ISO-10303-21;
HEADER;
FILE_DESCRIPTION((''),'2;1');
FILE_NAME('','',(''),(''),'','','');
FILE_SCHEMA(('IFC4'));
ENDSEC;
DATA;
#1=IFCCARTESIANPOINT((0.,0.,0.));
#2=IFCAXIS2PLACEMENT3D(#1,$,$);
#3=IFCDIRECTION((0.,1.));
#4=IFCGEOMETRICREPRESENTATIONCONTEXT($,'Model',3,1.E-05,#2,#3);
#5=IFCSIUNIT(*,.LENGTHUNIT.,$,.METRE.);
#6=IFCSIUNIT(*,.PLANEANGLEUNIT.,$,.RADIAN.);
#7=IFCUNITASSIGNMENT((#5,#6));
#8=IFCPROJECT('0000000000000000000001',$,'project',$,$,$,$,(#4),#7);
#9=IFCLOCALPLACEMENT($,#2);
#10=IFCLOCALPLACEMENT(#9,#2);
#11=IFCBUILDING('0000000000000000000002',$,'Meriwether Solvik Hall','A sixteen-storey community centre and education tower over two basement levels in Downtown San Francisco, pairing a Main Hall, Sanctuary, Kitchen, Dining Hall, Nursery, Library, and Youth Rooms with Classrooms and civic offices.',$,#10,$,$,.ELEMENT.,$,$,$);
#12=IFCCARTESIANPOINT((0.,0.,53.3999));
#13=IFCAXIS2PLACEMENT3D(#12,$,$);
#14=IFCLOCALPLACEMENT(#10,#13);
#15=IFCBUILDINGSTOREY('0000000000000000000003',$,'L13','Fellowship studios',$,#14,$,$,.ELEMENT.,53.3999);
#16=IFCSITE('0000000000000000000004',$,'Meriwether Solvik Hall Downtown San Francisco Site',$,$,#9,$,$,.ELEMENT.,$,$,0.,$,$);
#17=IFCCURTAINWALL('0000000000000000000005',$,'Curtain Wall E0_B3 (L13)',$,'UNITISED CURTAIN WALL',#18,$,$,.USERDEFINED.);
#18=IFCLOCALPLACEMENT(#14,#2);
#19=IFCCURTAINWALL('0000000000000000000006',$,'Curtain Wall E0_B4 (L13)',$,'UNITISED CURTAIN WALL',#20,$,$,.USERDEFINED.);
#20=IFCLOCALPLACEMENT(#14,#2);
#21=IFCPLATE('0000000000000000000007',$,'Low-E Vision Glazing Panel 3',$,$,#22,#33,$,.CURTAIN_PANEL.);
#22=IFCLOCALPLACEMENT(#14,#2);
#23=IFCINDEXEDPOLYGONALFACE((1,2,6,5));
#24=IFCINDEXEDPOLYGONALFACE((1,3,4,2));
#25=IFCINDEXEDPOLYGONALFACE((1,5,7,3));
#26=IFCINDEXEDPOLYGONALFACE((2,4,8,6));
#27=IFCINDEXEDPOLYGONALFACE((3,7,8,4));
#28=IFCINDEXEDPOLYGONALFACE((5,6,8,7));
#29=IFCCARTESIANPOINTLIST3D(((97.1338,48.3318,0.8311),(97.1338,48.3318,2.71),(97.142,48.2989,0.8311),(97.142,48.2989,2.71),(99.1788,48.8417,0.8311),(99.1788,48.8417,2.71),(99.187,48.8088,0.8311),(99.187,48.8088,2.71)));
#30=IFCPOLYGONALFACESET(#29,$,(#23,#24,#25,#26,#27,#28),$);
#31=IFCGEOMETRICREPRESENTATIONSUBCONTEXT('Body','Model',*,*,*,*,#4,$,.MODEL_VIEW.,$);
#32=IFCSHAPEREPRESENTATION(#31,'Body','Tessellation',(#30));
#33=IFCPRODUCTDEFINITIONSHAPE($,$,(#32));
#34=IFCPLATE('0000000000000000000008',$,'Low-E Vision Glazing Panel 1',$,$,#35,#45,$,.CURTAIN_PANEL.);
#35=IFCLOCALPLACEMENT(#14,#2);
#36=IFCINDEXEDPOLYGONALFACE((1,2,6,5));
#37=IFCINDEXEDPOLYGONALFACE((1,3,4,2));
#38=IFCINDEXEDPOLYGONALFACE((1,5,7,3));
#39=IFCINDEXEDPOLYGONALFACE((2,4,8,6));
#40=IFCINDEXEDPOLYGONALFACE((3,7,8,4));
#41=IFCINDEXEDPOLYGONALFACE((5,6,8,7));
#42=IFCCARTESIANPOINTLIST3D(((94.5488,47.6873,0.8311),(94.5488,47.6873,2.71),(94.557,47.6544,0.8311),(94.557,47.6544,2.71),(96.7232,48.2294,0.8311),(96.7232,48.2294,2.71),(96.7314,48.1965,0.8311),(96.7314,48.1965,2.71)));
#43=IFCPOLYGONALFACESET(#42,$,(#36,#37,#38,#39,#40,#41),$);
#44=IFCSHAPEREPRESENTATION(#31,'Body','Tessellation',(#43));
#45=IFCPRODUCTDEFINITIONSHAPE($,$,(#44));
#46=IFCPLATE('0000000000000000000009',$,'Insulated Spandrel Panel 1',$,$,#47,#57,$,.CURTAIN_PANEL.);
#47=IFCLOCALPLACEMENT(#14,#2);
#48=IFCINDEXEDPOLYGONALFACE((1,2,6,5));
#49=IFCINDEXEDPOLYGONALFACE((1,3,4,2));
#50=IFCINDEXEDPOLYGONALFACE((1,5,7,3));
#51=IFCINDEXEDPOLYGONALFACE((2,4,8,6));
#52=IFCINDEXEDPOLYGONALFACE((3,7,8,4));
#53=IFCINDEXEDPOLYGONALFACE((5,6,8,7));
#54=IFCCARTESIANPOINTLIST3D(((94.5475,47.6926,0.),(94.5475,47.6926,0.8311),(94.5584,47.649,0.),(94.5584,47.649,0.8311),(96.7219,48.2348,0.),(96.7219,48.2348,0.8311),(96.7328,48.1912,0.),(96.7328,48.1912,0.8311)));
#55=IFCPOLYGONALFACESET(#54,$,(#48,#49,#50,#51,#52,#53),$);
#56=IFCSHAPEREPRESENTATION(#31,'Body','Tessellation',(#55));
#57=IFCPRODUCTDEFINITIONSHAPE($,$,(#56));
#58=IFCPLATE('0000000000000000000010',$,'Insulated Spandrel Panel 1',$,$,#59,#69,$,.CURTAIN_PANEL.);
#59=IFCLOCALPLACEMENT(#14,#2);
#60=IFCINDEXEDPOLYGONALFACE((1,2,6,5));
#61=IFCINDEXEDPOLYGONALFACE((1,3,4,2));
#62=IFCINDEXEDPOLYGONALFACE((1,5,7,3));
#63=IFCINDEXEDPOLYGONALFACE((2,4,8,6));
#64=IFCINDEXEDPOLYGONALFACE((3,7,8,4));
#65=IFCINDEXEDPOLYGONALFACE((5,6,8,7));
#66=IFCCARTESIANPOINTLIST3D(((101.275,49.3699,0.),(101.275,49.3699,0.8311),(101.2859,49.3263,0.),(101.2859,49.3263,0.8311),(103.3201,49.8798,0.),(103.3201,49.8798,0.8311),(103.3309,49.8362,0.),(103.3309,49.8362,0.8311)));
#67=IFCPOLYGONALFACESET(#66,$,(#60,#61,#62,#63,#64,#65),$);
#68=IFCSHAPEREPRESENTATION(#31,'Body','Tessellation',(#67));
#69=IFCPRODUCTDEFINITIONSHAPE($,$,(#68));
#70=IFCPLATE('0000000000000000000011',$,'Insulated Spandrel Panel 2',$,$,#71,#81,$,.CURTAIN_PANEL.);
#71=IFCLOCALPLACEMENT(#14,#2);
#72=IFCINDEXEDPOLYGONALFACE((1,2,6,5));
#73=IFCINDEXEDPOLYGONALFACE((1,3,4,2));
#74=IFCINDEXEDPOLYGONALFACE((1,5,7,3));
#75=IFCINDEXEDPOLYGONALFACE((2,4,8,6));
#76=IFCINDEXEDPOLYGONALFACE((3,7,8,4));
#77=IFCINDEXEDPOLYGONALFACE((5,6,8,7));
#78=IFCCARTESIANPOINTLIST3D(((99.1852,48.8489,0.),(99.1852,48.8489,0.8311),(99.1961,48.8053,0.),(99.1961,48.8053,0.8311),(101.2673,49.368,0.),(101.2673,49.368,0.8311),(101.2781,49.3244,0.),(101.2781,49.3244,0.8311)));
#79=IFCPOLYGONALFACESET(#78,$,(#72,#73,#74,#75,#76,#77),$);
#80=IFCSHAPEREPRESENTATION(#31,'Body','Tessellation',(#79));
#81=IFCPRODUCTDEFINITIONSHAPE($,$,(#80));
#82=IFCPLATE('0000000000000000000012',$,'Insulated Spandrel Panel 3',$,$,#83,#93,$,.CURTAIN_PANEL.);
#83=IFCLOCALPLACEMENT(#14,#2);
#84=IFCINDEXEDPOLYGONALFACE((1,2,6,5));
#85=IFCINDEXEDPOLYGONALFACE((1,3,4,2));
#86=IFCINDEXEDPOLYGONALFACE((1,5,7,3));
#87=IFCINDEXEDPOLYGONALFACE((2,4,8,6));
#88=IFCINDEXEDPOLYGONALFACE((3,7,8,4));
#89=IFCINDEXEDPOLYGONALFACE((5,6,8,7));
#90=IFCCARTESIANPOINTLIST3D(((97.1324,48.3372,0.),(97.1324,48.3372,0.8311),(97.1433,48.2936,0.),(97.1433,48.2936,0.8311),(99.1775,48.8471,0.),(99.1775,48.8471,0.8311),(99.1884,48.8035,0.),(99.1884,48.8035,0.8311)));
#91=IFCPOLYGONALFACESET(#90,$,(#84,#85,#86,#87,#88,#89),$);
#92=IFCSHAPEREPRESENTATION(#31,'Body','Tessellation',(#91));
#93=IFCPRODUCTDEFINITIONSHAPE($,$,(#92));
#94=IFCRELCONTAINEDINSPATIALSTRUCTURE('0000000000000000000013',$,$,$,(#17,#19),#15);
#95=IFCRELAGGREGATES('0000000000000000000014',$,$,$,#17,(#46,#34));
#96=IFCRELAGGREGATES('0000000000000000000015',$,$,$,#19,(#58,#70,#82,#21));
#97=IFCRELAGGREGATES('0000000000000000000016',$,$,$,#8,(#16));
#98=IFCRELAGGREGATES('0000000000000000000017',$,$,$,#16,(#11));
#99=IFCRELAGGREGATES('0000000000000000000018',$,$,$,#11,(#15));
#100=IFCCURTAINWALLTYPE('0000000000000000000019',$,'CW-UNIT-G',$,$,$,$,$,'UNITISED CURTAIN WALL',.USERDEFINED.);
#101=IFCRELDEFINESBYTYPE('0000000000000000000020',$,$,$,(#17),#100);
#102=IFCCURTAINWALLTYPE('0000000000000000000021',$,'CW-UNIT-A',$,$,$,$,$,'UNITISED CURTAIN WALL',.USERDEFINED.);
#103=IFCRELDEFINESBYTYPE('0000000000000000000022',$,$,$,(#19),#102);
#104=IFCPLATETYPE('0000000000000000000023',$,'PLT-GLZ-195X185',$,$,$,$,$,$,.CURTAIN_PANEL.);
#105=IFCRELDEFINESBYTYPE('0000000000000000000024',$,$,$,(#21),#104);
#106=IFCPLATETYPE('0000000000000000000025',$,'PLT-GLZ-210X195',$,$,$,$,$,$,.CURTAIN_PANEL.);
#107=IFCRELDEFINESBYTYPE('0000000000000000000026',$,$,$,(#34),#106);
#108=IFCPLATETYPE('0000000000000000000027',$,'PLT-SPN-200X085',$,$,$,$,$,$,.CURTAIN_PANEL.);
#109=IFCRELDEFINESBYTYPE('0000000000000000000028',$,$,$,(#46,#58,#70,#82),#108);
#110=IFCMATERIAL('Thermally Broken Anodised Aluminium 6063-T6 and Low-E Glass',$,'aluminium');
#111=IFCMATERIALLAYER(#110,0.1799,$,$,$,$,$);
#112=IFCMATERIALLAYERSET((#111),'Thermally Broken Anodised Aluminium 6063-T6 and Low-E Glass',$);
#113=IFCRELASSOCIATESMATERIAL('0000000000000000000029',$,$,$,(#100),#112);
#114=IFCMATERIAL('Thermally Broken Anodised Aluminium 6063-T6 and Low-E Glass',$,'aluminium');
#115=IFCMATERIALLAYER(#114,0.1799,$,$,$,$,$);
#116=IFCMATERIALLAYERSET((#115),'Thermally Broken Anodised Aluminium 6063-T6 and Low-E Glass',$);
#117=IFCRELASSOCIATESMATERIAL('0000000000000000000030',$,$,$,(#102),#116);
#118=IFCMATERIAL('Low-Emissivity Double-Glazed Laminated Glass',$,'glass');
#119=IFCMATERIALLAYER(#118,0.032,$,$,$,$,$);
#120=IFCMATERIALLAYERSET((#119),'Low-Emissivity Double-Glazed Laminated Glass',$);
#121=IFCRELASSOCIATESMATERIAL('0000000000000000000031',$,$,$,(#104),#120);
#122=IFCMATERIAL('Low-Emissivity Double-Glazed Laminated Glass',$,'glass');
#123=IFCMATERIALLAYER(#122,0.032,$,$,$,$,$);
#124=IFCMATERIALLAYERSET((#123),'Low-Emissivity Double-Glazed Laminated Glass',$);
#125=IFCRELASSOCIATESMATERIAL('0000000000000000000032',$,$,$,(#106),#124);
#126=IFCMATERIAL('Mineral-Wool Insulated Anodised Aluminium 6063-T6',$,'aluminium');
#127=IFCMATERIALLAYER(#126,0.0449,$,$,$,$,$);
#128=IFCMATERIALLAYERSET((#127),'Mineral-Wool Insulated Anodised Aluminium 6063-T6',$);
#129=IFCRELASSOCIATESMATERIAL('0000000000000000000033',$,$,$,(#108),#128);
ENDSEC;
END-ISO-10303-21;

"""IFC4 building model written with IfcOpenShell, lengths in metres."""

from ifc_helpers import new_model, si_unit, direction, frame, origin, origin_2d, place, context, subcontext, project, spatial, rectangle, extrude, material, layer, layer_set, type_object, element, aggregate, save


model = new_model("IFC4")

# Units and contexts
model_context = context("Model", 3, precision=1e-05, world=origin(), true_north=direction((0.0, 1.0)))
body_context = subcontext(model_context, "Body", "Model", "MODEL_VIEW")
ifc_project = project(units=[si_unit("LENGTHUNIT", "METRE"), si_unit("PLANEANGLEUNIT", "RADIAN")], contexts=[model_context])

# Site, building, storey
site_placement = place(None, origin())
site = spatial("IfcSite", under=ifc_project, at=site_placement, Name="Meriwether Solvik Hall Downtown San Francisco Site", CompositionType="ELEMENT", RefElevation=0.0)
building_placement = place(site_placement, origin())
building = spatial("IfcBuilding", under=site, at=building_placement, Name="Meriwether Solvik Hall", Description="A sixteen-storey community centre and education tower over two basement levels in Downtown San Francisco, pairing a Main Hall, Sanctuary, Kitchen, Dining Hall, Nursery, Library, and Youth Rooms with Classrooms and civic offices.", CompositionType="ELEMENT")
storey_placement = place(building_placement, frame((0.0, 0.0, 53.3999)))
storey = spatial("IfcBuildingStorey", under=building, at=storey_placement, Name="L13", Description="Fellowship studios", CompositionType="ELEMENT", Elevation=53.3999)

# Curtain wall
ifc_material_1 = material(Name="Thermally Broken Anodised Aluminium 6063-T6 and Low-E Glass", Category="aluminium")
ifc_layer_1 = layer(ifc_material_1, 0.1799)
ifc_layer_set_1 = layer_set([ifc_layer_1], Name="Thermally Broken Anodised Aluminium 6063-T6 and Low-E Glass")
curtain_wall_type_1 = type_object("IfcCurtainWallType", Name="CW-UNIT-G", ElementType="UNITISED CURTAIN WALL", PredefinedType="USERDEFINED", material=ifc_layer_set_1)
curtain_wall_1_placement = place(storey_placement, origin())
curtain_wall_1 = element("IfcCurtainWall", 1, at=curtain_wall_1_placement, inside=storey, type_object=curtain_wall_type_1, Name="Curtain Wall E0_B3 (L13)", ObjectType="UNITISED CURTAIN WALL", PredefinedType="USERDEFINED")

# Curtain wall
ifc_material_2 = material(Name="Thermally Broken Anodised Aluminium 6063-T6 and Low-E Glass", Category="aluminium")
ifc_layer_2 = layer(ifc_material_2, 0.1799)
ifc_layer_set_2 = layer_set([ifc_layer_2], Name="Thermally Broken Anodised Aluminium 6063-T6 and Low-E Glass")
curtain_wall_type_2 = type_object("IfcCurtainWallType", Name="CW-UNIT-A", ElementType="UNITISED CURTAIN WALL", PredefinedType="USERDEFINED", material=ifc_layer_set_2)
curtain_wall_2_placement = place(storey_placement, origin())
curtain_wall_2 = element("IfcCurtainWall", 2, at=curtain_wall_2_placement, inside=storey, type_object=curtain_wall_type_2, Name="Curtain Wall E0_B4 (L13)", ObjectType="UNITISED CURTAIN WALL", PredefinedType="USERDEFINED")

# Plates
ifc_material_3 = material(Name="Low-Emissivity Double-Glazed Laminated Glass", Category="glass")
ifc_layer_3 = layer(ifc_material_3, 0.032)
ifc_layer_set_3 = layer_set([ifc_layer_3], Name="Low-Emissivity Double-Glazed Laminated Glass")
plate_type_1 = type_object("IfcPlateType", Name="PLT-GLZ-195X185", PredefinedType="CURTAIN_PANEL", material=ifc_layer_set_3)
plate_1_placement = place(storey_placement, frame((98.1604, 48.5703, 0.8311), z_axis=(0.0, 0.0, 1.0), x_axis=(-0.970296, -0.241922, 0.0)))
plate_1 = element("IfcPlate", 3, at=plate_1_placement, type_object=plate_type_1, Name="Low-E Vision Glazing Panel 3", PredefinedType="CURTAIN_PANEL", context=body_context, shape_type="SweptSolid", body=[
    extrude(rectangle(XDim=2.1077, YDim=0.0339, at=origin_2d()), origin(), (0.0, 0.0, 1.0), 1.8789),
])
ifc_material_4 = material(Name="Low-Emissivity Double-Glazed Laminated Glass", Category="glass")
ifc_layer_4 = layer(ifc_material_4, 0.032)
ifc_layer_set_4 = layer_set([ifc_layer_4], Name="Low-Emissivity Double-Glazed Laminated Glass")
plate_type_2 = type_object("IfcPlateType", Name="PLT-GLZ-210X195", PredefinedType="CURTAIN_PANEL", material=ifc_layer_set_4)
plate_2_placement = place(storey_placement, frame((95.6401, 47.9419, 0.8311), z_axis=(0.0, 0.0, 1.0), x_axis=(-0.970296, -0.241922, 0.0)))
plate_2 = element("IfcPlate", 4, at=plate_2_placement, type_object=plate_type_2, Name="Low-E Vision Glazing Panel 1", PredefinedType="CURTAIN_PANEL", context=body_context, shape_type="SweptSolid", body=[
    extrude(rectangle(XDim=2.241, YDim=0.0339, at=origin_2d()), origin(), (0.0, 0.0, 1.0), 1.8789),
])
ifc_material_5 = material(Name="Mineral-Wool Insulated Anodised Aluminium 6063-T6", Category="aluminium")
ifc_layer_5 = layer(ifc_material_5, 0.0449)
ifc_layer_set_5 = layer_set([ifc_layer_5], Name="Mineral-Wool Insulated Anodised Aluminium 6063-T6")
plate_type_3 = type_object("IfcPlateType", Name="PLT-SPN-200X085", PredefinedType="CURTAIN_PANEL", material=ifc_layer_set_5)
plate_3_placement = place(storey_placement, frame((95.6401, 47.9419, 0.0), z_axis=(0.0, 0.0, 1.0), x_axis=(-0.970296, -0.241922, 0.0)))
plate_3 = element("IfcPlate", 5, at=plate_3_placement, type_object=plate_type_3, Name="Insulated Spandrel Panel 1", PredefinedType="CURTAIN_PANEL", context=body_context, shape_type="SweptSolid", body=[
    extrude(rectangle(XDim=2.241, YDim=0.0449, at=origin_2d()), origin(), (0.0, 0.0, 1.0), 0.8311),
])
aggregate(curtain_wall_1, [plate_3, plate_2])
plate_4_placement = place(storey_placement, frame((102.303, 49.603, 0.0), z_axis=(0.0, 0.0, 1.0), x_axis=(-0.970296, -0.241922, 0.0)))
plate_4 = element("IfcPlate", 6, at=plate_4_placement, type_object=plate_type_3, Name="Insulated Spandrel Panel 1", PredefinedType="CURTAIN_PANEL", context=body_context, shape_type="SweptSolid", body=[
    extrude(rectangle(XDim=2.1077, YDim=0.0449, at=origin_2d()), origin(), (0.0, 0.0, 1.0), 0.8311),
])
plate_5_placement = place(storey_placement, frame((100.2317, 49.0867, 0.0), z_axis=(0.0, 0.0, 1.0), x_axis=(-0.970296, -0.241922, 0.0)))
plate_5 = element("IfcPlate", 7, at=plate_5_placement, type_object=plate_type_3, Name="Insulated Spandrel Panel 2", PredefinedType="CURTAIN_PANEL", context=body_context, shape_type="SweptSolid", body=[
    extrude(rectangle(XDim=2.1458, YDim=0.0449, at=origin_2d()), origin(), (0.0, 0.0, 1.0), 0.8311),
])
plate_6_placement = place(storey_placement, frame((98.1604, 48.5703, 0.0), z_axis=(0.0, 0.0, 1.0), x_axis=(-0.970296, -0.241922, 0.0)))
plate_6 = element("IfcPlate", 8, at=plate_6_placement, type_object=plate_type_3, Name="Insulated Spandrel Panel 3", PredefinedType="CURTAIN_PANEL", context=body_context, shape_type="SweptSolid", body=[
    extrude(rectangle(XDim=2.1077, YDim=0.0449, at=origin_2d()), origin(), (0.0, 0.0, 1.0), 0.8311),
])
aggregate(curtain_wall_2, [plate_4, plate_5, plate_6, plate_1])

save(model, "model.ifc")
